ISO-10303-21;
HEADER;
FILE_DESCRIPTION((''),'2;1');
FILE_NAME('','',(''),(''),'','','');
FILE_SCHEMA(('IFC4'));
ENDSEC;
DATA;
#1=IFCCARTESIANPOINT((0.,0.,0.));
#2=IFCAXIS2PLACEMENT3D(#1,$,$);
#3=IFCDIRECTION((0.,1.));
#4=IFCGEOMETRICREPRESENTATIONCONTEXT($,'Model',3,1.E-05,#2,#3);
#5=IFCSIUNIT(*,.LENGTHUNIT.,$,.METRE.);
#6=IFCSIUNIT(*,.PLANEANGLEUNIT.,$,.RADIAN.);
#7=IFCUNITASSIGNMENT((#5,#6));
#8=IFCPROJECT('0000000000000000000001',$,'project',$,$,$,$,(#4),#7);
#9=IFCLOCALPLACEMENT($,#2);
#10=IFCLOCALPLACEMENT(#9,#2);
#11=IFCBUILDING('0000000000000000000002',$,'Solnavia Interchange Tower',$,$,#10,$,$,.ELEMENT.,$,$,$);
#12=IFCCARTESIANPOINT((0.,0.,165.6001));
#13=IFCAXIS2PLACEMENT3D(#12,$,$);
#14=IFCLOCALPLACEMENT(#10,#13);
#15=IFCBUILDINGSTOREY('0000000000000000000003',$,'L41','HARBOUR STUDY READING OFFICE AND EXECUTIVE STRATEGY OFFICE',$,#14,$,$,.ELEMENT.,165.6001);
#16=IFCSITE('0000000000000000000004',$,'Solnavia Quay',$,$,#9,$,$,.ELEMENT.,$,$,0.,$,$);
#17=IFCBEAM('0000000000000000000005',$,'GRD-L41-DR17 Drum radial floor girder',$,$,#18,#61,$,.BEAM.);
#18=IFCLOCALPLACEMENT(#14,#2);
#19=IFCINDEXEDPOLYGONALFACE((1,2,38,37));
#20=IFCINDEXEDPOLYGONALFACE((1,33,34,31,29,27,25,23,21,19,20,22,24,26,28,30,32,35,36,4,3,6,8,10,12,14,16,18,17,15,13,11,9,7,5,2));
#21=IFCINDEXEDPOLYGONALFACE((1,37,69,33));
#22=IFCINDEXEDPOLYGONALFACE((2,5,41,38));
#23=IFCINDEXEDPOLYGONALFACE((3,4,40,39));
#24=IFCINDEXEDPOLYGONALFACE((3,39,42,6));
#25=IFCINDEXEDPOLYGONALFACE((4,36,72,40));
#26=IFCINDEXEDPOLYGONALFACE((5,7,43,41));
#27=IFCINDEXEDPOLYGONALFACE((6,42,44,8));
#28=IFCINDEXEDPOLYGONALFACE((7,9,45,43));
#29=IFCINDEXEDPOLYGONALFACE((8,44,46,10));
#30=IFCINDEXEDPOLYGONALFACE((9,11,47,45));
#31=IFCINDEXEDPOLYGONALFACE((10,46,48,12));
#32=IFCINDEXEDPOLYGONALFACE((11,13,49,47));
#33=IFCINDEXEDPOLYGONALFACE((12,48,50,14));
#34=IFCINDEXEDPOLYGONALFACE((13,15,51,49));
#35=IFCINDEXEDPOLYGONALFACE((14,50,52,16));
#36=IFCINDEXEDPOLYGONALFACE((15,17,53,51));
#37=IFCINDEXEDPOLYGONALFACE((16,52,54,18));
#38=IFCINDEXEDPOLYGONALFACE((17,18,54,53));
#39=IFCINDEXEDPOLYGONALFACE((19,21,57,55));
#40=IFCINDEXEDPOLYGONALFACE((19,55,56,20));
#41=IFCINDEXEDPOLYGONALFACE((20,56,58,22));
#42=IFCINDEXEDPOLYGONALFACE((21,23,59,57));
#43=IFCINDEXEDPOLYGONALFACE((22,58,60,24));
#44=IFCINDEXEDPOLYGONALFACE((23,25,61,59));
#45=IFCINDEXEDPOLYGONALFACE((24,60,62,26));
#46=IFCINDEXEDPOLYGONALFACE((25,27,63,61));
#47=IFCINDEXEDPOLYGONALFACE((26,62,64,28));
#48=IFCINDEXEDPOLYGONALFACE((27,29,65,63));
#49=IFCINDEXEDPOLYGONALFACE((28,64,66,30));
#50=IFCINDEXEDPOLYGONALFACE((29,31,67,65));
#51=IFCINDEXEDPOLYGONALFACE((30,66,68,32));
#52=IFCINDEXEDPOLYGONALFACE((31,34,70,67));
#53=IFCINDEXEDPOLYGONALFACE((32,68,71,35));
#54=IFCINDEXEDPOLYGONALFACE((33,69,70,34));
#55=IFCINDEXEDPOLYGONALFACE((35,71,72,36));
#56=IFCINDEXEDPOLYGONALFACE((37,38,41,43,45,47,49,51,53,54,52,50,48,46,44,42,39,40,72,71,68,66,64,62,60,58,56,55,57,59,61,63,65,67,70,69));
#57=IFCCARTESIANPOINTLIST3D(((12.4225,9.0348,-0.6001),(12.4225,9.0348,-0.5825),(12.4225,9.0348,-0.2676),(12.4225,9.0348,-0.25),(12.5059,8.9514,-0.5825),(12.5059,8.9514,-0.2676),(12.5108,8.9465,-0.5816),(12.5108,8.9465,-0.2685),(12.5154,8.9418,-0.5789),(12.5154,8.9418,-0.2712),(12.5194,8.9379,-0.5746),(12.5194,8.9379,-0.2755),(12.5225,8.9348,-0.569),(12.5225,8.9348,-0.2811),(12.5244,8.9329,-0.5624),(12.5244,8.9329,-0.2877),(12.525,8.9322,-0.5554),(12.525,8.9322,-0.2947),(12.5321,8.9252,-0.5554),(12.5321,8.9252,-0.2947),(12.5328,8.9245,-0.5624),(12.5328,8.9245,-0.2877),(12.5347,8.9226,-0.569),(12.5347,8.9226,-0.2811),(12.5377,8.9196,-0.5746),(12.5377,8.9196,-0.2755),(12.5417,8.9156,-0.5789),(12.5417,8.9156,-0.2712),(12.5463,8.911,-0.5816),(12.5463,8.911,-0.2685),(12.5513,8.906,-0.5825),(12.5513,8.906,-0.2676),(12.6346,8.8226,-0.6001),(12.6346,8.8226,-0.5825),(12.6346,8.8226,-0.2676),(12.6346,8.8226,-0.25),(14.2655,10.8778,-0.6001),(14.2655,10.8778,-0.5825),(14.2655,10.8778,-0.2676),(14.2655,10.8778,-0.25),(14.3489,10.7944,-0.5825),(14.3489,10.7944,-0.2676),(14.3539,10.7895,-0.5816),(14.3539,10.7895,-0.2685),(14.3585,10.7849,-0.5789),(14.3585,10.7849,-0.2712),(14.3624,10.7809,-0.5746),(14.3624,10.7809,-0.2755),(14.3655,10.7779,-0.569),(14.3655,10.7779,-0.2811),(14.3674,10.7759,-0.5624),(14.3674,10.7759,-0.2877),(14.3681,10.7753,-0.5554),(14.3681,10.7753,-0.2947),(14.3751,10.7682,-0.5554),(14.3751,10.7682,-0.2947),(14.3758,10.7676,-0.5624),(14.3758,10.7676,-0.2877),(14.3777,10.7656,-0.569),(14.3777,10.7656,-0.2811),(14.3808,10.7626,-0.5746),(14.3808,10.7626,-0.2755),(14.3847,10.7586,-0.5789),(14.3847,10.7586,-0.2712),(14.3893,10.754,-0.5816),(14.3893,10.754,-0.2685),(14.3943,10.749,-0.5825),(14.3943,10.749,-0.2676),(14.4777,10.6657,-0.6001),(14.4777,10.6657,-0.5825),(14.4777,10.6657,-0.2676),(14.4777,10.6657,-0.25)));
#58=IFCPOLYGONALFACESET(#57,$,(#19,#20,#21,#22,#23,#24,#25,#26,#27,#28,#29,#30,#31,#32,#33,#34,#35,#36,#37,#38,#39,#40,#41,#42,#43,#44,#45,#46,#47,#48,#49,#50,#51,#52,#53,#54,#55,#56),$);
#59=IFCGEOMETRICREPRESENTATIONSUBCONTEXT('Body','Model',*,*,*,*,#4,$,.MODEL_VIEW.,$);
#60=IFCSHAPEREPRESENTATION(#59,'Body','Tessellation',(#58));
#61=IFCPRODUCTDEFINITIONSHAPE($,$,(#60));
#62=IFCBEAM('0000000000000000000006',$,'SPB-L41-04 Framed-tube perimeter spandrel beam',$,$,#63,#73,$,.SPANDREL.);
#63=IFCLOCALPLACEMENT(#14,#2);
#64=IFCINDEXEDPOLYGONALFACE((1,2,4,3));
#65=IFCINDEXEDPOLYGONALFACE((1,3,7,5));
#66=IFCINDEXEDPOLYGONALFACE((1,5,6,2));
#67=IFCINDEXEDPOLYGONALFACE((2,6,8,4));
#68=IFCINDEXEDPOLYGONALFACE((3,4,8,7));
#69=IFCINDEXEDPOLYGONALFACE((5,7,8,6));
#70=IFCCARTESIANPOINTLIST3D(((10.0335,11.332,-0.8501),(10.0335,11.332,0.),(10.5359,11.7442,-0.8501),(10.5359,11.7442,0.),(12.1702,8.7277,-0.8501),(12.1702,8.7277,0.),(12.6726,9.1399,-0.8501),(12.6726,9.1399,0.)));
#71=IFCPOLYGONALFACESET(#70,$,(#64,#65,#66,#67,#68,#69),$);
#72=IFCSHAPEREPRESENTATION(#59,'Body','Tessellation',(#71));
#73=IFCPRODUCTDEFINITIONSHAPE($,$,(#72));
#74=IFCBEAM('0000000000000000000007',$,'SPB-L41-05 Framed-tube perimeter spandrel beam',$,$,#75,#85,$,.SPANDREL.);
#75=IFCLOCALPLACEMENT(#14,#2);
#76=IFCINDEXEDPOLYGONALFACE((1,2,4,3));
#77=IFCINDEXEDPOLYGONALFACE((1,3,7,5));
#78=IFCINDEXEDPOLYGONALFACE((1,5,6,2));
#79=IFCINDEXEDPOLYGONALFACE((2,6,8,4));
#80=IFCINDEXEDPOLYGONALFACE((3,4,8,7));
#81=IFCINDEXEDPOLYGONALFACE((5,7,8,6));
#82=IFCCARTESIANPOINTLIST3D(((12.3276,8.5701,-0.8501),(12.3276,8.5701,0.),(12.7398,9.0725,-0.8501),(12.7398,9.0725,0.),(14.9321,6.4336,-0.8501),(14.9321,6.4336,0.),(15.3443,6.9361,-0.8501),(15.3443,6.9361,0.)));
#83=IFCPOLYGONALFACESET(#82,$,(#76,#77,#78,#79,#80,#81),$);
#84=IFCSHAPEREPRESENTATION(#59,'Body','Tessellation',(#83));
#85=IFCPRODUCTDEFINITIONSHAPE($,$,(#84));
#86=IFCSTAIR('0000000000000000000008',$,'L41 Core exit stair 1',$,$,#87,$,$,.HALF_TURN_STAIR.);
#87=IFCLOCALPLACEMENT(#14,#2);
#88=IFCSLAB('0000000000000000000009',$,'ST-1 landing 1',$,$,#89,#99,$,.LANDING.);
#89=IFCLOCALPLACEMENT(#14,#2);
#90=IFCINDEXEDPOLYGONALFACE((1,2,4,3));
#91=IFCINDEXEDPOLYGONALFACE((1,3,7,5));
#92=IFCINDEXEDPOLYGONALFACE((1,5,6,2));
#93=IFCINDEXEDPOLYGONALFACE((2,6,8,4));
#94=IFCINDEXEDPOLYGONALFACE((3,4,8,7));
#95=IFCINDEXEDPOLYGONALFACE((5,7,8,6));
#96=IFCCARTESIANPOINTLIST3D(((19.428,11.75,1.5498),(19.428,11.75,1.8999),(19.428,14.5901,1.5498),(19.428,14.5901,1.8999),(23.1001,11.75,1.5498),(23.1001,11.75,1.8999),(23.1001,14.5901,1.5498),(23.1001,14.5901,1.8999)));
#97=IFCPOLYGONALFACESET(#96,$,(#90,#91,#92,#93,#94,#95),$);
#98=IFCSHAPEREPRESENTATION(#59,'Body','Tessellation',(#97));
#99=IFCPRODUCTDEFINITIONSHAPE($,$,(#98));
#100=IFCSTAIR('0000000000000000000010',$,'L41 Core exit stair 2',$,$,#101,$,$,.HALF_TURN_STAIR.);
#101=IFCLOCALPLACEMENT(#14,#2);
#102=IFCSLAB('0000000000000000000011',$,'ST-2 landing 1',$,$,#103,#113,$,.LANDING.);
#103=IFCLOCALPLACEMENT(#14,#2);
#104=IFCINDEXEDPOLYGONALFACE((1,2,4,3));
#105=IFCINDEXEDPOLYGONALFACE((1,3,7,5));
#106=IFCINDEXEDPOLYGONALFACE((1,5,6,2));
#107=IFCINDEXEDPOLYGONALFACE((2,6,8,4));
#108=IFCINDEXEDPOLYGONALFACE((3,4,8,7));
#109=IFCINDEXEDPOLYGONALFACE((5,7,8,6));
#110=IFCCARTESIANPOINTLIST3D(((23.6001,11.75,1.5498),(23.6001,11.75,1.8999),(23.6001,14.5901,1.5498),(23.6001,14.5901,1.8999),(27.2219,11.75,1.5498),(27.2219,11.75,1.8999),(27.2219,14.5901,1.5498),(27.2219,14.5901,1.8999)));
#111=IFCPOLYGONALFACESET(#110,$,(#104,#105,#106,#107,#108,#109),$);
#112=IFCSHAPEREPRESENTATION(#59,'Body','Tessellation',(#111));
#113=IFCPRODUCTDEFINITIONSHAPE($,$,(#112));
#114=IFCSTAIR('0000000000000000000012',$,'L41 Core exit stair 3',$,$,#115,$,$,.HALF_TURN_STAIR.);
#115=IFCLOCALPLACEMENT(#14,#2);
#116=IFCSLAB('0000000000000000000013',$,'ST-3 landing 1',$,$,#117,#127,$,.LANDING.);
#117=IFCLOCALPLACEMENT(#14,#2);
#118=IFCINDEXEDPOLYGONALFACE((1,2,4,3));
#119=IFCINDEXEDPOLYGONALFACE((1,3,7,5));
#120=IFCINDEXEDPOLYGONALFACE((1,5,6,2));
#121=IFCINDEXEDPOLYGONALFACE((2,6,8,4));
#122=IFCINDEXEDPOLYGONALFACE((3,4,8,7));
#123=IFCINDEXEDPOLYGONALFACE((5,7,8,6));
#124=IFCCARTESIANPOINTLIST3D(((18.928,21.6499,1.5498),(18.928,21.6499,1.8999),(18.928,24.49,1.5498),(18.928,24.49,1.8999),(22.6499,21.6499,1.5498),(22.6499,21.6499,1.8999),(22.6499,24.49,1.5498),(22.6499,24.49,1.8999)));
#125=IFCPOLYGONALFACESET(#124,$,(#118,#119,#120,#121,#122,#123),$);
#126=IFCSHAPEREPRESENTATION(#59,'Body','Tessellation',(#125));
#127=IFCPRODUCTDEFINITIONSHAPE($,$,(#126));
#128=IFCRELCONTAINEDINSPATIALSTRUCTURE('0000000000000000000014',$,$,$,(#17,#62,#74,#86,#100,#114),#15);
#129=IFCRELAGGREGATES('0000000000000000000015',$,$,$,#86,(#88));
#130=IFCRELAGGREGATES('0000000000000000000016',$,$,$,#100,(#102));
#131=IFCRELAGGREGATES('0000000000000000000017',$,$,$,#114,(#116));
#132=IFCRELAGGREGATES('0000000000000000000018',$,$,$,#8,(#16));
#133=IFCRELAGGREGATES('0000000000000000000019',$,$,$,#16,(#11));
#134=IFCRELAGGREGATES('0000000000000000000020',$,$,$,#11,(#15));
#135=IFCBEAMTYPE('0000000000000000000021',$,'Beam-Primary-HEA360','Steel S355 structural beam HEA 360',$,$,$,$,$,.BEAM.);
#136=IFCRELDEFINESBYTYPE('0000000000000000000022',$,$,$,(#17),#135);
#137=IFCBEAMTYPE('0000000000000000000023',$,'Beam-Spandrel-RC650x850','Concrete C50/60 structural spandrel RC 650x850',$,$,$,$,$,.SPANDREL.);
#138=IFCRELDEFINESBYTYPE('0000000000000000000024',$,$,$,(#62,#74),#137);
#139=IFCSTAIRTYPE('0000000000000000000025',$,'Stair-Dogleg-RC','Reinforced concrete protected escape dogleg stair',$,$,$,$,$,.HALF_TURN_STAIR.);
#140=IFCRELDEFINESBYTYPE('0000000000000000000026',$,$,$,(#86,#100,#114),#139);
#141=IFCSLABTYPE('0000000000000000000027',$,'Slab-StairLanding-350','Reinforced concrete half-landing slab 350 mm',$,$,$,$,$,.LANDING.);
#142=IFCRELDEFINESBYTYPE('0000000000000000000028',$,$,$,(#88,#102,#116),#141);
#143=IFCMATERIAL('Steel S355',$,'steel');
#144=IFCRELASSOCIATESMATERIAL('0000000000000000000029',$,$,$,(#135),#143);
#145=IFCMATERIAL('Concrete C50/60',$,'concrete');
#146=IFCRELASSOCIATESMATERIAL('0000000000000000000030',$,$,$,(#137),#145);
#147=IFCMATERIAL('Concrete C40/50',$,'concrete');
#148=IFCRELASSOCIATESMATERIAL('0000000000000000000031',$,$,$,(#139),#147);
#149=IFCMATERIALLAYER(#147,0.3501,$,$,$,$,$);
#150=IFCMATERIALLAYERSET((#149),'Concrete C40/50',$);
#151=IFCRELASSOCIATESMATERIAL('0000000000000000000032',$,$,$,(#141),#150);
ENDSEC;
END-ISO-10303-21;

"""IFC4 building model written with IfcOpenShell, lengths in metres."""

from ifc_helpers import new_model, si_unit, direction, frame, origin, origin_2d, place, context, subcontext, project, spatial, polyline, rectangle, i_section, outline, extrude, material, layer, layer_set, material_profile, profile_set, type_object, element, aggregate, save


model = new_model("IFC4")

# Units and contexts
model_context = context("Model", 3, precision=1e-05, world=origin(), true_north=direction((0.0, 1.0)))
body_context = subcontext(model_context, "Body", "Model", "MODEL_VIEW")
ifc_project = project(units=[si_unit("LENGTHUNIT", "METRE"), si_unit("PLANEANGLEUNIT", "RADIAN")], contexts=[model_context])

# Site, building, storey
site_placement = place(None, origin())
site = spatial("IfcSite", under=ifc_project, at=site_placement, Name="Solnavia Quay", CompositionType="ELEMENT", RefElevation=0.0)
building_placement = place(site_placement, origin())
building = spatial("IfcBuilding", under=site, at=building_placement, Name="Solnavia Interchange Tower", CompositionType="ELEMENT")
storey_placement = place(building_placement, frame((0.0, 0.0, 165.6001)))
storey = spatial("IfcBuildingStorey", under=building, at=storey_placement, Name="L41", Description="HARBOUR STUDY READING OFFICE AND EXECUTIVE STRATEGY OFFICE", CompositionType="ELEMENT", Elevation=165.6001)

# Shared definitions
ifc_material_1 = material(Name="Concrete C50/60", Category="concrete")
ifc_material_2 = material(Name="Steel S355", Category="steel")

# Beams
ifc_material_profile_1 = material_profile(ifc_material_2, i_section(OverallWidth=0.3, OverallDepth=0.3501, WebThickness=0.01, FlangeThickness=0.0176, FilletRadius=0.0271, at=origin_2d()), Name="HEA 360")
ifc_profile_set_1 = profile_set([ifc_material_profile_1], Name="Steel S355")
beam_type_1 = type_object("IfcBeamType", Name="Beam-Primary-HEA360", Description="Steel S355 structural beam HEA 360", PredefinedType="BEAM", material=ifc_profile_set_1)
beam_1_placement = place(storey_placement, frame((12.5286, 8.9287, -0.425), z_axis=(0.707107, 0.707107, 0.0), x_axis=(-0.707107, 0.707107, 0.0)))
element("IfcBeam", 1, at=beam_1_placement, inside=storey, type_object=beam_type_1, Name="GRD-L41-DR17 Drum radial floor girder", PredefinedType="BEAM", context=body_context, shape_type="SweptSolid", body=[
    extrude(i_section(OverallWidth=0.3, OverallDepth=0.3501, WebThickness=0.01, FlangeThickness=0.0176, FilletRadius=0.0271, at=origin_2d()), origin(), (0.0, 0.0, 1.0), 2.6064),
])
ifc_material_profile_2 = material_profile(ifc_material_1, rectangle(XDim=0.6499, YDim=0.8501, at=origin_2d()), Name="RC 650x850")
ifc_profile_set_2 = profile_set([ifc_material_profile_2], Name="Concrete C50/60")
beam_type_2 = type_object("IfcBeamType", Name="Beam-Spandrel-RC650x850", Description="Concrete C50/60 structural spandrel RC 650x850", PredefinedType="SPANDREL", material=ifc_profile_set_2)
for number, where, z_axis, x_axis, name in (
    (2, (10.2847, 11.5381, -0.425), (0.634299, -0.773088, 0.0), (0.773088, 0.634299, 0.0), "SPB-L41-04 Framed-tube perimeter spandrel beam"),
    (3, (12.5337, 8.8213, -0.425), (0.773153, -0.63422, 0.0), (0.63422, 0.773153, 0.0), "SPB-L41-05 Framed-tube perimeter spandrel beam"),
):
    element("IfcBeam", number, at=place(storey_placement, frame(where, z_axis=z_axis, x_axis=x_axis)), inside=storey, type_object=beam_type_2, Name=name, PredefinedType="SPANDREL", context=body_context, shape_type="SweptSolid", body=[
        extrude(rectangle(XDim=0.6499, YDim=0.8501, at=origin_2d()), origin(), (0.0, 0.0, 1.0), 3.3687),
    ])

# Stairs, slabs
ifc_material_3 = material(Name="Concrete C40/50", Category="concrete")
stair_type = type_object("IfcStairType", Name="Stair-Dogleg-RC", Description="Reinforced concrete protected escape dogleg stair", PredefinedType="HALF_TURN_STAIR", material=ifc_material_3)
stair_1_placement = place(storey_placement, origin())
stair_1 = element("IfcStair", 4, at=stair_1_placement, inside=storey, type_object=stair_type, Name="L41 Core exit stair 1", PredefinedType="HALF_TURN_STAIR")
ifc_layer_1 = layer(ifc_material_3, 0.3501)
ifc_layer_set_1 = layer_set([ifc_layer_1], Name="Concrete C40/50")
slab_type_1 = type_object("IfcSlabType", Name="Slab-StairLanding-350", Description="Reinforced concrete half-landing slab 350 mm", PredefinedType="LANDING", material=ifc_layer_set_1)
slab_1_placement = place(storey_placement, frame((0.0, 0.0, 1.5498)))
slab_1 = element("IfcSlab", 5, at=slab_1_placement, type_object=slab_type_1, Name="ST-1 landing 1", PredefinedType="LANDING", context=body_context, shape_type="SweptSolid", body=[
    extrude(outline(polyline([(19.428, 11.75), (23.1001, 11.75), (23.1001, 14.5901), (19.428, 14.5901), (19.428, 11.75)])), origin(), (0.0, 0.0, 1.0), 0.3501),
])
aggregate(stair_1, [slab_1])
stair_2_placement = place(storey_placement, origin())
stair_2 = element("IfcStair", 6, at=stair_2_placement, inside=storey, type_object=stair_type, Name="L41 Core exit stair 2", PredefinedType="HALF_TURN_STAIR")
slab_2_placement = place(storey_placement, frame((0.0, 0.0, 1.5498)))
slab_2 = element("IfcSlab", 7, at=slab_2_placement, type_object=slab_type_1, Name="ST-2 landing 1", PredefinedType="LANDING", context=body_context, shape_type="SweptSolid", body=[
    extrude(outline(polyline([(23.6001, 11.75), (27.2219, 11.75), (27.2219, 14.5901), (23.6001, 14.5901), (23.6001, 11.75)])), origin(), (0.0, 0.0, 1.0), 0.3501),
])
aggregate(stair_2, [slab_2])
stair_3_placement = place(storey_placement, origin())
stair_3 = element("IfcStair", 8, at=stair_3_placement, inside=storey, type_object=stair_type, Name="L41 Core exit stair 3", PredefinedType="HALF_TURN_STAIR")
slab_3_placement = place(storey_placement, frame((0.0, 0.0, 1.5498)))
slab_3 = element("IfcSlab", 9, at=slab_3_placement, type_object=slab_type_1, Name="ST-3 landing 1", PredefinedType="LANDING", context=body_context, shape_type="SweptSolid", body=[
    extrude(outline(polyline([(18.928, 21.6499), (22.6499, 21.6499), (22.6499, 24.49), (18.928, 24.49), (18.928, 21.6499)])), origin(), (0.0, 0.0, 1.0), 0.3501),
])
aggregate(stair_3, [slab_3])

save(model, "model.ifc")
